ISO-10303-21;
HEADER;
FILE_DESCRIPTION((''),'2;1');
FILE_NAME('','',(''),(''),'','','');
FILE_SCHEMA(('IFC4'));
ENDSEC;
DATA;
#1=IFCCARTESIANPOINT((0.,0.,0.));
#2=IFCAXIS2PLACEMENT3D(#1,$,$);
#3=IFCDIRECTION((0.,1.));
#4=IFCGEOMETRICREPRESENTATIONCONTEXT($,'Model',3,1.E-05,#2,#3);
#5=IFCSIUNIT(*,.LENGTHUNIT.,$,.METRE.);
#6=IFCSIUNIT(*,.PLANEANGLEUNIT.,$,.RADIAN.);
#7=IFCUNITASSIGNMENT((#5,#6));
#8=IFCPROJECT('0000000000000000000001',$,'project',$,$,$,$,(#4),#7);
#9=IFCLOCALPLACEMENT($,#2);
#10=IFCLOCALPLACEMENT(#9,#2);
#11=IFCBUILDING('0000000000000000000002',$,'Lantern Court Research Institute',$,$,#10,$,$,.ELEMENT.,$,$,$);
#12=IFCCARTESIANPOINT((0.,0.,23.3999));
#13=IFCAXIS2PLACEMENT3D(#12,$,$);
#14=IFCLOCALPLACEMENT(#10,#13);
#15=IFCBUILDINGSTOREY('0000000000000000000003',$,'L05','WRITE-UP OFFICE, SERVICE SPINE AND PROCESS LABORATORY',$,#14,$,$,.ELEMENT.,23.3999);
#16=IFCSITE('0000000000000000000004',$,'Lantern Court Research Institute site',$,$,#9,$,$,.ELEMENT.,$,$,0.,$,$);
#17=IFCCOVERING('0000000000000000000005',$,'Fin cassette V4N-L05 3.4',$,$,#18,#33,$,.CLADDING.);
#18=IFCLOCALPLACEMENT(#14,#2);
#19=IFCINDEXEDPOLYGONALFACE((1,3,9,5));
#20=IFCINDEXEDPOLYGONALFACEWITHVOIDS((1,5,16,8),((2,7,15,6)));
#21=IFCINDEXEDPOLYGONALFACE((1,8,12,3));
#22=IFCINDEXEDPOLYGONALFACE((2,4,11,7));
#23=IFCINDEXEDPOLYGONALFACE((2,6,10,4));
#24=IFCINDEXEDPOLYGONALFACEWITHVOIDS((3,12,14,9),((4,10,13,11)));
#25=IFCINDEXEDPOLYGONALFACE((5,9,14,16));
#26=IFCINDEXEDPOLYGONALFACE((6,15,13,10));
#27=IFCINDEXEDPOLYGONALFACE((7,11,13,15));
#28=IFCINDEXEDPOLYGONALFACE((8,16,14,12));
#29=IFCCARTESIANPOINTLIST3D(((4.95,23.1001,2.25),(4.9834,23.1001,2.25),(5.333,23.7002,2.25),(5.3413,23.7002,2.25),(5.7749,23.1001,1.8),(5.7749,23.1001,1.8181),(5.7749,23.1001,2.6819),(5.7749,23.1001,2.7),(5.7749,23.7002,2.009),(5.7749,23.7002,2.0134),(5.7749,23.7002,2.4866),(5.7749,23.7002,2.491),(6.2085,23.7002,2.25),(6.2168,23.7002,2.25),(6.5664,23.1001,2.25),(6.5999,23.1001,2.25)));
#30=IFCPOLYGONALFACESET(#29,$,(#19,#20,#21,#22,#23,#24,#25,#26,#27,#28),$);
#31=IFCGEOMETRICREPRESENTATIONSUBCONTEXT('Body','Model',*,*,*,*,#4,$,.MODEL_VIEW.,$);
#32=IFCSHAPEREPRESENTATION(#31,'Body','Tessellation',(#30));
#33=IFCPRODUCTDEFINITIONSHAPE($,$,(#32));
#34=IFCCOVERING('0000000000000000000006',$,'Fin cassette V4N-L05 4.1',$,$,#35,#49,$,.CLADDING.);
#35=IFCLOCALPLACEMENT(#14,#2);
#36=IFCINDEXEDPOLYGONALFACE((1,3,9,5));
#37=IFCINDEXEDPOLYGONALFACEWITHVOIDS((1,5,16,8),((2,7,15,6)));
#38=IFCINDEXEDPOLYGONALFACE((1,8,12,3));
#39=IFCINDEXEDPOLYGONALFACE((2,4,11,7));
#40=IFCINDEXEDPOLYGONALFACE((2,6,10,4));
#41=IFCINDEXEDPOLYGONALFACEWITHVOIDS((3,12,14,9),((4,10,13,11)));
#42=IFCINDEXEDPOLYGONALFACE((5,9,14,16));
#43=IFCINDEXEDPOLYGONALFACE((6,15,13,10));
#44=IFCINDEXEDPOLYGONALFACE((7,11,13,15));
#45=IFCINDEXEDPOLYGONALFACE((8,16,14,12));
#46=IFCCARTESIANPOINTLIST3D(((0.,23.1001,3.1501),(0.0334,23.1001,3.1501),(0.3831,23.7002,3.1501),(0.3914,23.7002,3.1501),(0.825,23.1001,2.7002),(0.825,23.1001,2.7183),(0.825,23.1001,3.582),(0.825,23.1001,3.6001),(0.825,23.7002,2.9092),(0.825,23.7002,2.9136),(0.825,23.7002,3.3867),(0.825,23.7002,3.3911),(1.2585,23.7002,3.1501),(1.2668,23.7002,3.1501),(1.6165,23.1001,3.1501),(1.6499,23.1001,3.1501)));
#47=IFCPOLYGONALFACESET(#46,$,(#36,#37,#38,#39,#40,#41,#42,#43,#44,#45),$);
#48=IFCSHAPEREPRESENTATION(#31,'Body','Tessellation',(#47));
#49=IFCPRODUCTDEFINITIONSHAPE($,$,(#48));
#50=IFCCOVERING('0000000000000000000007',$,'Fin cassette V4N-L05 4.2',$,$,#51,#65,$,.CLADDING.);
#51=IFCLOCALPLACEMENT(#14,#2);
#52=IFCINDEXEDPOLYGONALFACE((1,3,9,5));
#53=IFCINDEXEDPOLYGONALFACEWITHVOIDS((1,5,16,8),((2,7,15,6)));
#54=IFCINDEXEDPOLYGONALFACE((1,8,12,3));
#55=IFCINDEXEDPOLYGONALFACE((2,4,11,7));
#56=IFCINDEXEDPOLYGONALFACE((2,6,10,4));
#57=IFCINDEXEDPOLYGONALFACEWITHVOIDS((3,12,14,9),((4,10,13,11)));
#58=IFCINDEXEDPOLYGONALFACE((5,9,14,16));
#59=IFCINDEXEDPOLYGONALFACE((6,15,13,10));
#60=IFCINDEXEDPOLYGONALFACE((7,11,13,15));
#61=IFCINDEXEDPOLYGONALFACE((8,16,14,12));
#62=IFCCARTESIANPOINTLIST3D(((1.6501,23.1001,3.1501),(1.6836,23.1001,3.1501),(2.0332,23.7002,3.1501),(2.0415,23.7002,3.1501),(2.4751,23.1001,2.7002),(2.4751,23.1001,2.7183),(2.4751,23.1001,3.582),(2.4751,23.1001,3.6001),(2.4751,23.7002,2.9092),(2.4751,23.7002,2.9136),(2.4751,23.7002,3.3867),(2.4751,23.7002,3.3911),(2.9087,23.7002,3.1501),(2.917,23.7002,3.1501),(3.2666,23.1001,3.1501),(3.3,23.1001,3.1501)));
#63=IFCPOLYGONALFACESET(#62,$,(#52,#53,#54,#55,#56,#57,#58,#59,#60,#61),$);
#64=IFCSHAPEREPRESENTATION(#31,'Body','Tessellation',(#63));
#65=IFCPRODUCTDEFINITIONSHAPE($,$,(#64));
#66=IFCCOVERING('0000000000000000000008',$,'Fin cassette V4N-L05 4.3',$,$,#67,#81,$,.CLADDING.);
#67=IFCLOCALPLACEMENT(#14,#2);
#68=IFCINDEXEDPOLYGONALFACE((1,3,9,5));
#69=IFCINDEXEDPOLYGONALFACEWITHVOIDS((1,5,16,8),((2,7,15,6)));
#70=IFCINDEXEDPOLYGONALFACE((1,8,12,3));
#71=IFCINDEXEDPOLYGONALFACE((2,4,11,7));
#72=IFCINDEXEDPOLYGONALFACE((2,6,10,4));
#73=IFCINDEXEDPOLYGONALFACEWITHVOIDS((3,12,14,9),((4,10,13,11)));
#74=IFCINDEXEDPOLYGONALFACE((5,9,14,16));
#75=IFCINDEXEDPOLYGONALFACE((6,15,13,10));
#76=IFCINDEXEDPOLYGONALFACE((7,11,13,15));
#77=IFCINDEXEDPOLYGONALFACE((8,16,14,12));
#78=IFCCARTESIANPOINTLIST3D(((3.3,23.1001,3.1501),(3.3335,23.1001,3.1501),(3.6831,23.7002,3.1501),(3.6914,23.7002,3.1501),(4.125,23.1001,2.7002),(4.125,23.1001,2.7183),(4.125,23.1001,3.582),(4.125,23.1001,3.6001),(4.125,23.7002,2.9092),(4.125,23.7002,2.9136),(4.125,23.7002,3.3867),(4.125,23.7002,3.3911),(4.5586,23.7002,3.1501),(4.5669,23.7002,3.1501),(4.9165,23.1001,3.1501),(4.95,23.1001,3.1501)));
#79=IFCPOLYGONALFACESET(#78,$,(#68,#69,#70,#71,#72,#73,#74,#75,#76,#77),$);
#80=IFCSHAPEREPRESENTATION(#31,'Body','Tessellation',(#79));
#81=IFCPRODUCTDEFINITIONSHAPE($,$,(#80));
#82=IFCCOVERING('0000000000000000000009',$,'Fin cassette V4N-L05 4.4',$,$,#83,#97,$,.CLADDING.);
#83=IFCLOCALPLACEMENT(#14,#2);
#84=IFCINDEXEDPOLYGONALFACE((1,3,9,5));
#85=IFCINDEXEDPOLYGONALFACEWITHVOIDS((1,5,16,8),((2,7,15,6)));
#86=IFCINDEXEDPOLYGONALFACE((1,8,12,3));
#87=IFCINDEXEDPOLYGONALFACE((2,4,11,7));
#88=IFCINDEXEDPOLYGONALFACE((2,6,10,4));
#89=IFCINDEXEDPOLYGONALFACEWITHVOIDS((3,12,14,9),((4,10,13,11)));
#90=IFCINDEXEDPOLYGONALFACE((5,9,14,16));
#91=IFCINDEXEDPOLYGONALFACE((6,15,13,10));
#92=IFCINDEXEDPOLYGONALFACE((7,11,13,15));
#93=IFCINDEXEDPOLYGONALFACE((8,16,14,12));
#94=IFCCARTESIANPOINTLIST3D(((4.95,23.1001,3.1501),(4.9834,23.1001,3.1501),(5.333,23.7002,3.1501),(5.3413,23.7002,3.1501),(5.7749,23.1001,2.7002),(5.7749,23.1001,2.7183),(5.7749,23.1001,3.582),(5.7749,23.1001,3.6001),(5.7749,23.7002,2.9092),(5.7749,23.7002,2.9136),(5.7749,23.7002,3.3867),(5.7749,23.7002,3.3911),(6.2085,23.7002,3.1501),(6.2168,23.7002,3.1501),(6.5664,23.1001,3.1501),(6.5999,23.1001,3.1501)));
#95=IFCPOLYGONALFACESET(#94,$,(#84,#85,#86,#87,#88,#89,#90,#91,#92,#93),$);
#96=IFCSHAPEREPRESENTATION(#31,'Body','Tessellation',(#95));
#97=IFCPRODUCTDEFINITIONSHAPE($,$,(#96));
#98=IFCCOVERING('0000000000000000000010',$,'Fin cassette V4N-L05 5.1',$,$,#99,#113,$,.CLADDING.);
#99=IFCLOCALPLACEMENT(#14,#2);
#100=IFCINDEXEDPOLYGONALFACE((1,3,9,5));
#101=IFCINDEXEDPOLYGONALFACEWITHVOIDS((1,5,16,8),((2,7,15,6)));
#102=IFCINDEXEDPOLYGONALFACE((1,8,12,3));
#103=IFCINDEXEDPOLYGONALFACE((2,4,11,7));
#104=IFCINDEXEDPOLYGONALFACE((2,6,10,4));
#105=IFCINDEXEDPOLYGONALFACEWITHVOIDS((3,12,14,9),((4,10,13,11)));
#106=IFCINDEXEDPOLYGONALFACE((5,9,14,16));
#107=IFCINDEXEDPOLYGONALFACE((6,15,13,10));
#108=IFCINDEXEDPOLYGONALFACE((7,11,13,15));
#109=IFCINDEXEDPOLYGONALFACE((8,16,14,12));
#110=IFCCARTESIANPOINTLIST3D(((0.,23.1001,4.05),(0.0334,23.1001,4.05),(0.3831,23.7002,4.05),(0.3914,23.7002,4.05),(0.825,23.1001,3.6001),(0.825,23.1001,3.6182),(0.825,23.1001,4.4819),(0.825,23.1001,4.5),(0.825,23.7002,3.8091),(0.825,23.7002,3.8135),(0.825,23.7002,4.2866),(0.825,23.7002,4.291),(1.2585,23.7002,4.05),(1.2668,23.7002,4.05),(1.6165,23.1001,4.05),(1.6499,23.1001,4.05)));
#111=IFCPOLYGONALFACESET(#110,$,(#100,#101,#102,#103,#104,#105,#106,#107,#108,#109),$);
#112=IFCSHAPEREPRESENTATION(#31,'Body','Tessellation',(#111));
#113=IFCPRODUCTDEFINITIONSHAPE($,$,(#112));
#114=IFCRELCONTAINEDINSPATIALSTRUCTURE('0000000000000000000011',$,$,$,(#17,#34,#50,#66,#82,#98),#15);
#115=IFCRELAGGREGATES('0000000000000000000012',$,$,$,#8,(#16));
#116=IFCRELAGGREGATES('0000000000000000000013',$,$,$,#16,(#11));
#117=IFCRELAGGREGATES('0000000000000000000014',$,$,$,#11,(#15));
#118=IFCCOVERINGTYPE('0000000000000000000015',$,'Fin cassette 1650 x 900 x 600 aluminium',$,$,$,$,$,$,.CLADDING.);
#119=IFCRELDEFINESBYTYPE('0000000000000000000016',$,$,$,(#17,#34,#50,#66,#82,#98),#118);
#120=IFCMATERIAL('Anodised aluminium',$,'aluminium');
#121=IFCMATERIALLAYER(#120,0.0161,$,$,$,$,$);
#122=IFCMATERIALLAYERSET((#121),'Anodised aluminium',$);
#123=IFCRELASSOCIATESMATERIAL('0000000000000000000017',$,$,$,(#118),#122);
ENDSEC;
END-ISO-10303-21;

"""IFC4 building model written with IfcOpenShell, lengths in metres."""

from ifc_helpers import new_model, entity, si_unit, direction, frame, origin, place, context, subcontext, project, spatial, material, layer, layer_set, type_object, element, save


model = new_model("IFC4")

# Units and contexts
model_context = context("Model", 3, precision=1e-05, world=origin(), true_north=direction((0.0, 1.0)))
body_context = subcontext(model_context, "Body", "Model", "MODEL_VIEW")
ifc_project = project(units=[si_unit("LENGTHUNIT", "METRE"), si_unit("PLANEANGLEUNIT", "RADIAN")], contexts=[model_context])

# Site, building, storey
site_placement = place(None, origin())
site = spatial("IfcSite", under=ifc_project, at=site_placement, Name="Lantern Court Research Institute site", CompositionType="ELEMENT", RefElevation=0.0)
building_placement = place(site_placement, origin())
building = spatial("IfcBuilding", under=site, at=building_placement, Name="Lantern Court Research Institute", CompositionType="ELEMENT")
storey_placement = place(building_placement, frame((0.0, 0.0, 23.3999)))
storey = spatial("IfcBuildingStorey", under=building, at=storey_placement, Name="L05", Description="WRITE-UP OFFICE, SERVICE SPINE AND PROCESS LABORATORY", CompositionType="ELEMENT", Elevation=23.3999)

# Coverings
ifc_material_1 = material(Name="Anodised aluminium", Category="aluminium")
ifc_layer_1 = layer(ifc_material_1, 0.0161)
ifc_layer_set_1 = layer_set([ifc_layer_1], Name="Anodised aluminium")
covering_type = type_object("IfcCoveringType", Name="Fin cassette 1650 x 900 x 600 aluminium", PredefinedType="CLADDING", material=ifc_layer_set_1)
covering_1_placement = place(storey_placement, frame((5.7749, 23.1001, 2.25), z_axis=(0.0, 1.0, 0.0), x_axis=(-1.0, 0.0, 0.0)))
cartesian_point_1 = entity("IfcCartesianPoint", [0.825, 0.0])
cartesian_point_2 = entity("IfcCartesianPoint", [0.7915, 0.0])
cartesian_point_3 = entity("IfcCartesianPoint", [0.4419, 0.0])
cartesian_point_4 = entity("IfcCartesianPoint", [0.4336, 0.0])
element("IfcCovering", 1, at=covering_1_placement, inside=storey, type_object=covering_type, Name="Fin cassette V4N-L05 3.4", PredefinedType="CLADDING", context=body_context, shape_type="SweptSolid", body=[
    entity("IfcExtrudedAreaSolidTapered", entity("IfcArbitraryProfileDefWithVoids", "AREA", None, entity("IfcPolyline", [cartesian_point_1, entity("IfcCartesianPoint", [0.0, 0.45]), entity("IfcCartesianPoint", [-0.825, 0.0]), entity("IfcCartesianPoint", [0.0, -0.45]), cartesian_point_1]), [entity("IfcPolyline", [cartesian_point_2, entity("IfcCartesianPoint", [0.0, 0.4319]), entity("IfcCartesianPoint", [-0.7915, 0.0]), entity("IfcCartesianPoint", [0.0, -0.4319]), cartesian_point_2])]), entity("IfcAxis2Placement3D", entity("IfcCartesianPoint", [0.0, 0.0, 0.0])), entity("IfcDirection", [0.0, 0.0, 1.0]), 0.6001, entity("IfcArbitraryProfileDefWithVoids", "AREA", None, entity("IfcPolyline", [cartesian_point_3, entity("IfcCartesianPoint", [0.0, 0.241]), entity("IfcCartesianPoint", [-0.4419, 0.0]), entity("IfcCartesianPoint", [0.0, -0.241]), cartesian_point_3]), [entity("IfcPolyline", [cartesian_point_4, entity("IfcCartesianPoint", [0.0, 0.2366]), entity("IfcCartesianPoint", [-0.4336, 0.0]), entity("IfcCartesianPoint", [0.0, -0.2366]), cartesian_point_4])])),
])
covering_2_placement = place(storey_placement, frame((0.825, 23.1001, 3.1501), z_axis=(0.0, 1.0, 0.0), x_axis=(-1.0, 0.0, 0.0)))
cartesian_point_5 = entity("IfcCartesianPoint", [0.825, 0.0])
cartesian_point_6 = entity("IfcCartesianPoint", [0.7915, 0.0])
cartesian_point_7 = entity("IfcCartesianPoint", [0.4419, 0.0])
cartesian_point_8 = entity("IfcCartesianPoint", [0.4336, 0.0])
element("IfcCovering", 2, at=covering_2_placement, inside=storey, type_object=covering_type, Name="Fin cassette V4N-L05 4.1", PredefinedType="CLADDING", context=body_context, shape_type="SweptSolid", body=[
    entity("IfcExtrudedAreaSolidTapered", entity("IfcArbitraryProfileDefWithVoids", "AREA", None, entity("IfcPolyline", [cartesian_point_5, entity("IfcCartesianPoint", [0.0, 0.45]), entity("IfcCartesianPoint", [-0.825, 0.0]), entity("IfcCartesianPoint", [0.0, -0.45]), cartesian_point_5]), [entity("IfcPolyline", [cartesian_point_6, entity("IfcCartesianPoint", [0.0, 0.4319]), entity("IfcCartesianPoint", [-0.7915, 0.0]), entity("IfcCartesianPoint", [0.0, -0.4319]), cartesian_point_6])]), entity("IfcAxis2Placement3D", entity("IfcCartesianPoint", [0.0, 0.0, 0.0])), entity("IfcDirection", [0.0, 0.0, 1.0]), 0.6001, entity("IfcArbitraryProfileDefWithVoids", "AREA", None, entity("IfcPolyline", [cartesian_point_7, entity("IfcCartesianPoint", [0.0, 0.241]), entity("IfcCartesianPoint", [-0.4419, 0.0]), entity("IfcCartesianPoint", [0.0, -0.241]), cartesian_point_7]), [entity("IfcPolyline", [cartesian_point_8, entity("IfcCartesianPoint", [0.0, 0.2366]), entity("IfcCartesianPoint", [-0.4336, 0.0]), entity("IfcCartesianPoint", [0.0, -0.2366]), cartesian_point_8])])),
])
covering_3_placement = place(storey_placement, frame((2.4751, 23.1001, 3.1501), z_axis=(0.0, 1.0, 0.0), x_axis=(-1.0, 0.0, 0.0)))
cartesian_point_9 = entity("IfcCartesianPoint", [0.825, 0.0])
cartesian_point_10 = entity("IfcCartesianPoint", [0.7915, 0.0])
cartesian_point_11 = entity("IfcCartesianPoint", [0.4419, 0.0])
cartesian_point_12 = entity("IfcCartesianPoint", [0.4336, 0.0])
element("IfcCovering", 3, at=covering_3_placement, inside=storey, type_object=covering_type, Name="Fin cassette V4N-L05 4.2", PredefinedType="CLADDING", context=body_context, shape_type="SweptSolid", body=[
    entity("IfcExtrudedAreaSolidTapered", entity("IfcArbitraryProfileDefWithVoids", "AREA", None, entity("IfcPolyline", [cartesian_point_9, entity("IfcCartesianPoint", [0.0, 0.45]), entity("IfcCartesianPoint", [-0.825, 0.0]), entity("IfcCartesianPoint", [0.0, -0.45]), cartesian_point_9]), [entity("IfcPolyline", [cartesian_point_10, entity("IfcCartesianPoint", [0.0, 0.4319]), entity("IfcCartesianPoint", [-0.7915, 0.0]), entity("IfcCartesianPoint", [0.0, -0.4319]), cartesian_point_10])]), entity("IfcAxis2Placement3D", entity("IfcCartesianPoint", [0.0, 0.0, 0.0])), entity("IfcDirection", [0.0, 0.0, 1.0]), 0.6001, entity("IfcArbitraryProfileDefWithVoids", "AREA", None, entity("IfcPolyline", [cartesian_point_11, entity("IfcCartesianPoint", [0.0, 0.241]), entity("IfcCartesianPoint", [-0.4419, 0.0]), entity("IfcCartesianPoint", [0.0, -0.241]), cartesian_point_11]), [entity("IfcPolyline", [cartesian_point_12, entity("IfcCartesianPoint", [0.0, 0.2366]), entity("IfcCartesianPoint", [-0.4336, 0.0]), entity("IfcCartesianPoint", [0.0, -0.2366]), cartesian_point_12])])),
])
covering_4_placement = place(storey_placement, frame((4.125, 23.1001, 3.1501), z_axis=(0.0, 1.0, 0.0), x_axis=(-1.0, 0.0, 0.0)))
cartesian_point_13 = entity("IfcCartesianPoint", [0.825, 0.0])
cartesian_point_14 = entity("IfcCartesianPoint", [0.7915, 0.0])
cartesian_point_15 = entity("IfcCartesianPoint", [0.4419, 0.0])
cartesian_point_16 = entity("IfcCartesianPoint", [0.4336, 0.0])
element("IfcCovering", 4, at=covering_4_placement, inside=storey, type_object=covering_type, Name="Fin cassette V4N-L05 4.3", PredefinedType="CLADDING", context=body_context, shape_type="SweptSolid", body=[
    entity("IfcExtrudedAreaSolidTapered", entity("IfcArbitraryProfileDefWithVoids", "AREA", None, entity("IfcPolyline", [cartesian_point_13, entity("IfcCartesianPoint", [0.0, 0.45]), entity("IfcCartesianPoint", [-0.825, 0.0]), entity("IfcCartesianPoint", [0.0, -0.45]), cartesian_point_13]), [entity("IfcPolyline", [cartesian_point_14, entity("IfcCartesianPoint", [0.0, 0.4319]), entity("IfcCartesianPoint", [-0.7915, 0.0]), entity("IfcCartesianPoint", [0.0, -0.4319]), cartesian_point_14])]), entity("IfcAxis2Placement3D", entity("IfcCartesianPoint", [0.0, 0.0, 0.0])), entity("IfcDirection", [0.0, 0.0, 1.0]), 0.6001, entity("IfcArbitraryProfileDefWithVoids", "AREA", None, entity("IfcPolyline", [cartesian_point_15, entity("IfcCartesianPoint", [0.0, 0.241]), entity("IfcCartesianPoint", [-0.4419, 0.0]), entity("IfcCartesianPoint", [0.0, -0.241]), cartesian_point_15]), [entity("IfcPolyline", [cartesian_point_16, entity("IfcCartesianPoint", [0.0, 0.2366]), entity("IfcCartesianPoint", [-0.4336, 0.0]), entity("IfcCartesianPoint", [0.0, -0.2366]), cartesian_point_16])])),
])
covering_5_placement = place(storey_placement, frame((5.7749, 23.1001, 3.1501), z_axis=(0.0, 1.0, 0.0), x_axis=(-1.0, 0.0, 0.0)))
cartesian_point_17 = entity("IfcCartesianPoint", [0.825, 0.0])
cartesian_point_18 = entity("IfcCartesianPoint", [0.7915, 0.0])
cartesian_point_19 = entity("IfcCartesianPoint", [0.4419, 0.0])
cartesian_point_20 = entity("IfcCartesianPoint", [0.4336, 0.0])
element("IfcCovering", 5, at=covering_5_placement, inside=storey, type_object=covering_type, Name="Fin cassette V4N-L05 4.4", PredefinedType="CLADDING", context=body_context, shape_type="SweptSolid", body=[
    entity("IfcExtrudedAreaSolidTapered", entity("IfcArbitraryProfileDefWithVoids", "AREA", None, entity("IfcPolyline", [cartesian_point_17, entity("IfcCartesianPoint", [0.0, 0.45]), entity("IfcCartesianPoint", [-0.825, 0.0]), entity("IfcCartesianPoint", [0.0, -0.45]), cartesian_point_17]), [entity("IfcPolyline", [cartesian_point_18, entity("IfcCartesianPoint", [0.0, 0.4319]), entity("IfcCartesianPoint", [-0.7915, 0.0]), entity("IfcCartesianPoint", [0.0, -0.4319]), cartesian_point_18])]), entity("IfcAxis2Placement3D", entity("IfcCartesianPoint", [0.0, 0.0, 0.0])), entity("IfcDirection", [0.0, 0.0, 1.0]), 0.6001, entity("IfcArbitraryProfileDefWithVoids", "AREA", None, entity("IfcPolyline", [cartesian_point_19, entity("IfcCartesianPoint", [0.0, 0.241]), entity("IfcCartesianPoint", [-0.4419, 0.0]), entity("IfcCartesianPoint", [0.0, -0.241]), cartesian_point_19]), [entity("IfcPolyline", [cartesian_point_20, entity("IfcCartesianPoint", [0.0, 0.2366]), entity("IfcCartesianPoint", [-0.4336, 0.0]), entity("IfcCartesianPoint", [0.0, -0.2366]), cartesian_point_20])])),
])
covering_6_placement = place(storey_placement, frame((0.825, 23.1001, 4.05), z_axis=(0.0, 1.0, 0.0), x_axis=(-1.0, 0.0, 0.0)))
cartesian_point_21 = entity("IfcCartesianPoint", [0.825, 0.0])
cartesian_point_22 = entity("IfcCartesianPoint", [0.7915, 0.0])
cartesian_point_23 = entity("IfcCartesianPoint", [0.4419, 0.0])
cartesian_point_24 = entity("IfcCartesianPoint", [0.4336, 0.0])
element("IfcCovering", 6, at=covering_6_placement, inside=storey, type_object=covering_type, Name="Fin cassette V4N-L05 5.1", PredefinedType="CLADDING", context=body_context, shape_type="SweptSolid", body=[
    entity("IfcExtrudedAreaSolidTapered", entity("IfcArbitraryProfileDefWithVoids", "AREA", None, entity("IfcPolyline", [cartesian_point_21, entity("IfcCartesianPoint", [0.0, 0.45]), entity("IfcCartesianPoint", [-0.825, 0.0]), entity("IfcCartesianPoint", [0.0, -0.45]), cartesian_point_21]), [entity("IfcPolyline", [cartesian_point_22, entity("IfcCartesianPoint", [0.0, 0.4319]), entity("IfcCartesianPoint", [-0.7915, 0.0]), entity("IfcCartesianPoint", [0.0, -0.4319]), cartesian_point_22])]), entity("IfcAxis2Placement3D", entity("IfcCartesianPoint", [0.0, 0.0, 0.0])), entity("IfcDirection", [0.0, 0.0, 1.0]), 0.6001, entity("IfcArbitraryProfileDefWithVoids", "AREA", None, entity("IfcPolyline", [cartesian_point_23, entity("IfcCartesianPoint", [0.0, 0.241]), entity("IfcCartesianPoint", [-0.4419, 0.0]), entity("IfcCartesianPoint", [0.0, -0.241]), cartesian_point_23]), [entity("IfcPolyline", [cartesian_point_24, entity("IfcCartesianPoint", [0.0, 0.2366]), entity("IfcCartesianPoint", [-0.4336, 0.0]), entity("IfcCartesianPoint", [0.0, -0.2366]), cartesian_point_24])])),
])

save(model, "model.ifc")
